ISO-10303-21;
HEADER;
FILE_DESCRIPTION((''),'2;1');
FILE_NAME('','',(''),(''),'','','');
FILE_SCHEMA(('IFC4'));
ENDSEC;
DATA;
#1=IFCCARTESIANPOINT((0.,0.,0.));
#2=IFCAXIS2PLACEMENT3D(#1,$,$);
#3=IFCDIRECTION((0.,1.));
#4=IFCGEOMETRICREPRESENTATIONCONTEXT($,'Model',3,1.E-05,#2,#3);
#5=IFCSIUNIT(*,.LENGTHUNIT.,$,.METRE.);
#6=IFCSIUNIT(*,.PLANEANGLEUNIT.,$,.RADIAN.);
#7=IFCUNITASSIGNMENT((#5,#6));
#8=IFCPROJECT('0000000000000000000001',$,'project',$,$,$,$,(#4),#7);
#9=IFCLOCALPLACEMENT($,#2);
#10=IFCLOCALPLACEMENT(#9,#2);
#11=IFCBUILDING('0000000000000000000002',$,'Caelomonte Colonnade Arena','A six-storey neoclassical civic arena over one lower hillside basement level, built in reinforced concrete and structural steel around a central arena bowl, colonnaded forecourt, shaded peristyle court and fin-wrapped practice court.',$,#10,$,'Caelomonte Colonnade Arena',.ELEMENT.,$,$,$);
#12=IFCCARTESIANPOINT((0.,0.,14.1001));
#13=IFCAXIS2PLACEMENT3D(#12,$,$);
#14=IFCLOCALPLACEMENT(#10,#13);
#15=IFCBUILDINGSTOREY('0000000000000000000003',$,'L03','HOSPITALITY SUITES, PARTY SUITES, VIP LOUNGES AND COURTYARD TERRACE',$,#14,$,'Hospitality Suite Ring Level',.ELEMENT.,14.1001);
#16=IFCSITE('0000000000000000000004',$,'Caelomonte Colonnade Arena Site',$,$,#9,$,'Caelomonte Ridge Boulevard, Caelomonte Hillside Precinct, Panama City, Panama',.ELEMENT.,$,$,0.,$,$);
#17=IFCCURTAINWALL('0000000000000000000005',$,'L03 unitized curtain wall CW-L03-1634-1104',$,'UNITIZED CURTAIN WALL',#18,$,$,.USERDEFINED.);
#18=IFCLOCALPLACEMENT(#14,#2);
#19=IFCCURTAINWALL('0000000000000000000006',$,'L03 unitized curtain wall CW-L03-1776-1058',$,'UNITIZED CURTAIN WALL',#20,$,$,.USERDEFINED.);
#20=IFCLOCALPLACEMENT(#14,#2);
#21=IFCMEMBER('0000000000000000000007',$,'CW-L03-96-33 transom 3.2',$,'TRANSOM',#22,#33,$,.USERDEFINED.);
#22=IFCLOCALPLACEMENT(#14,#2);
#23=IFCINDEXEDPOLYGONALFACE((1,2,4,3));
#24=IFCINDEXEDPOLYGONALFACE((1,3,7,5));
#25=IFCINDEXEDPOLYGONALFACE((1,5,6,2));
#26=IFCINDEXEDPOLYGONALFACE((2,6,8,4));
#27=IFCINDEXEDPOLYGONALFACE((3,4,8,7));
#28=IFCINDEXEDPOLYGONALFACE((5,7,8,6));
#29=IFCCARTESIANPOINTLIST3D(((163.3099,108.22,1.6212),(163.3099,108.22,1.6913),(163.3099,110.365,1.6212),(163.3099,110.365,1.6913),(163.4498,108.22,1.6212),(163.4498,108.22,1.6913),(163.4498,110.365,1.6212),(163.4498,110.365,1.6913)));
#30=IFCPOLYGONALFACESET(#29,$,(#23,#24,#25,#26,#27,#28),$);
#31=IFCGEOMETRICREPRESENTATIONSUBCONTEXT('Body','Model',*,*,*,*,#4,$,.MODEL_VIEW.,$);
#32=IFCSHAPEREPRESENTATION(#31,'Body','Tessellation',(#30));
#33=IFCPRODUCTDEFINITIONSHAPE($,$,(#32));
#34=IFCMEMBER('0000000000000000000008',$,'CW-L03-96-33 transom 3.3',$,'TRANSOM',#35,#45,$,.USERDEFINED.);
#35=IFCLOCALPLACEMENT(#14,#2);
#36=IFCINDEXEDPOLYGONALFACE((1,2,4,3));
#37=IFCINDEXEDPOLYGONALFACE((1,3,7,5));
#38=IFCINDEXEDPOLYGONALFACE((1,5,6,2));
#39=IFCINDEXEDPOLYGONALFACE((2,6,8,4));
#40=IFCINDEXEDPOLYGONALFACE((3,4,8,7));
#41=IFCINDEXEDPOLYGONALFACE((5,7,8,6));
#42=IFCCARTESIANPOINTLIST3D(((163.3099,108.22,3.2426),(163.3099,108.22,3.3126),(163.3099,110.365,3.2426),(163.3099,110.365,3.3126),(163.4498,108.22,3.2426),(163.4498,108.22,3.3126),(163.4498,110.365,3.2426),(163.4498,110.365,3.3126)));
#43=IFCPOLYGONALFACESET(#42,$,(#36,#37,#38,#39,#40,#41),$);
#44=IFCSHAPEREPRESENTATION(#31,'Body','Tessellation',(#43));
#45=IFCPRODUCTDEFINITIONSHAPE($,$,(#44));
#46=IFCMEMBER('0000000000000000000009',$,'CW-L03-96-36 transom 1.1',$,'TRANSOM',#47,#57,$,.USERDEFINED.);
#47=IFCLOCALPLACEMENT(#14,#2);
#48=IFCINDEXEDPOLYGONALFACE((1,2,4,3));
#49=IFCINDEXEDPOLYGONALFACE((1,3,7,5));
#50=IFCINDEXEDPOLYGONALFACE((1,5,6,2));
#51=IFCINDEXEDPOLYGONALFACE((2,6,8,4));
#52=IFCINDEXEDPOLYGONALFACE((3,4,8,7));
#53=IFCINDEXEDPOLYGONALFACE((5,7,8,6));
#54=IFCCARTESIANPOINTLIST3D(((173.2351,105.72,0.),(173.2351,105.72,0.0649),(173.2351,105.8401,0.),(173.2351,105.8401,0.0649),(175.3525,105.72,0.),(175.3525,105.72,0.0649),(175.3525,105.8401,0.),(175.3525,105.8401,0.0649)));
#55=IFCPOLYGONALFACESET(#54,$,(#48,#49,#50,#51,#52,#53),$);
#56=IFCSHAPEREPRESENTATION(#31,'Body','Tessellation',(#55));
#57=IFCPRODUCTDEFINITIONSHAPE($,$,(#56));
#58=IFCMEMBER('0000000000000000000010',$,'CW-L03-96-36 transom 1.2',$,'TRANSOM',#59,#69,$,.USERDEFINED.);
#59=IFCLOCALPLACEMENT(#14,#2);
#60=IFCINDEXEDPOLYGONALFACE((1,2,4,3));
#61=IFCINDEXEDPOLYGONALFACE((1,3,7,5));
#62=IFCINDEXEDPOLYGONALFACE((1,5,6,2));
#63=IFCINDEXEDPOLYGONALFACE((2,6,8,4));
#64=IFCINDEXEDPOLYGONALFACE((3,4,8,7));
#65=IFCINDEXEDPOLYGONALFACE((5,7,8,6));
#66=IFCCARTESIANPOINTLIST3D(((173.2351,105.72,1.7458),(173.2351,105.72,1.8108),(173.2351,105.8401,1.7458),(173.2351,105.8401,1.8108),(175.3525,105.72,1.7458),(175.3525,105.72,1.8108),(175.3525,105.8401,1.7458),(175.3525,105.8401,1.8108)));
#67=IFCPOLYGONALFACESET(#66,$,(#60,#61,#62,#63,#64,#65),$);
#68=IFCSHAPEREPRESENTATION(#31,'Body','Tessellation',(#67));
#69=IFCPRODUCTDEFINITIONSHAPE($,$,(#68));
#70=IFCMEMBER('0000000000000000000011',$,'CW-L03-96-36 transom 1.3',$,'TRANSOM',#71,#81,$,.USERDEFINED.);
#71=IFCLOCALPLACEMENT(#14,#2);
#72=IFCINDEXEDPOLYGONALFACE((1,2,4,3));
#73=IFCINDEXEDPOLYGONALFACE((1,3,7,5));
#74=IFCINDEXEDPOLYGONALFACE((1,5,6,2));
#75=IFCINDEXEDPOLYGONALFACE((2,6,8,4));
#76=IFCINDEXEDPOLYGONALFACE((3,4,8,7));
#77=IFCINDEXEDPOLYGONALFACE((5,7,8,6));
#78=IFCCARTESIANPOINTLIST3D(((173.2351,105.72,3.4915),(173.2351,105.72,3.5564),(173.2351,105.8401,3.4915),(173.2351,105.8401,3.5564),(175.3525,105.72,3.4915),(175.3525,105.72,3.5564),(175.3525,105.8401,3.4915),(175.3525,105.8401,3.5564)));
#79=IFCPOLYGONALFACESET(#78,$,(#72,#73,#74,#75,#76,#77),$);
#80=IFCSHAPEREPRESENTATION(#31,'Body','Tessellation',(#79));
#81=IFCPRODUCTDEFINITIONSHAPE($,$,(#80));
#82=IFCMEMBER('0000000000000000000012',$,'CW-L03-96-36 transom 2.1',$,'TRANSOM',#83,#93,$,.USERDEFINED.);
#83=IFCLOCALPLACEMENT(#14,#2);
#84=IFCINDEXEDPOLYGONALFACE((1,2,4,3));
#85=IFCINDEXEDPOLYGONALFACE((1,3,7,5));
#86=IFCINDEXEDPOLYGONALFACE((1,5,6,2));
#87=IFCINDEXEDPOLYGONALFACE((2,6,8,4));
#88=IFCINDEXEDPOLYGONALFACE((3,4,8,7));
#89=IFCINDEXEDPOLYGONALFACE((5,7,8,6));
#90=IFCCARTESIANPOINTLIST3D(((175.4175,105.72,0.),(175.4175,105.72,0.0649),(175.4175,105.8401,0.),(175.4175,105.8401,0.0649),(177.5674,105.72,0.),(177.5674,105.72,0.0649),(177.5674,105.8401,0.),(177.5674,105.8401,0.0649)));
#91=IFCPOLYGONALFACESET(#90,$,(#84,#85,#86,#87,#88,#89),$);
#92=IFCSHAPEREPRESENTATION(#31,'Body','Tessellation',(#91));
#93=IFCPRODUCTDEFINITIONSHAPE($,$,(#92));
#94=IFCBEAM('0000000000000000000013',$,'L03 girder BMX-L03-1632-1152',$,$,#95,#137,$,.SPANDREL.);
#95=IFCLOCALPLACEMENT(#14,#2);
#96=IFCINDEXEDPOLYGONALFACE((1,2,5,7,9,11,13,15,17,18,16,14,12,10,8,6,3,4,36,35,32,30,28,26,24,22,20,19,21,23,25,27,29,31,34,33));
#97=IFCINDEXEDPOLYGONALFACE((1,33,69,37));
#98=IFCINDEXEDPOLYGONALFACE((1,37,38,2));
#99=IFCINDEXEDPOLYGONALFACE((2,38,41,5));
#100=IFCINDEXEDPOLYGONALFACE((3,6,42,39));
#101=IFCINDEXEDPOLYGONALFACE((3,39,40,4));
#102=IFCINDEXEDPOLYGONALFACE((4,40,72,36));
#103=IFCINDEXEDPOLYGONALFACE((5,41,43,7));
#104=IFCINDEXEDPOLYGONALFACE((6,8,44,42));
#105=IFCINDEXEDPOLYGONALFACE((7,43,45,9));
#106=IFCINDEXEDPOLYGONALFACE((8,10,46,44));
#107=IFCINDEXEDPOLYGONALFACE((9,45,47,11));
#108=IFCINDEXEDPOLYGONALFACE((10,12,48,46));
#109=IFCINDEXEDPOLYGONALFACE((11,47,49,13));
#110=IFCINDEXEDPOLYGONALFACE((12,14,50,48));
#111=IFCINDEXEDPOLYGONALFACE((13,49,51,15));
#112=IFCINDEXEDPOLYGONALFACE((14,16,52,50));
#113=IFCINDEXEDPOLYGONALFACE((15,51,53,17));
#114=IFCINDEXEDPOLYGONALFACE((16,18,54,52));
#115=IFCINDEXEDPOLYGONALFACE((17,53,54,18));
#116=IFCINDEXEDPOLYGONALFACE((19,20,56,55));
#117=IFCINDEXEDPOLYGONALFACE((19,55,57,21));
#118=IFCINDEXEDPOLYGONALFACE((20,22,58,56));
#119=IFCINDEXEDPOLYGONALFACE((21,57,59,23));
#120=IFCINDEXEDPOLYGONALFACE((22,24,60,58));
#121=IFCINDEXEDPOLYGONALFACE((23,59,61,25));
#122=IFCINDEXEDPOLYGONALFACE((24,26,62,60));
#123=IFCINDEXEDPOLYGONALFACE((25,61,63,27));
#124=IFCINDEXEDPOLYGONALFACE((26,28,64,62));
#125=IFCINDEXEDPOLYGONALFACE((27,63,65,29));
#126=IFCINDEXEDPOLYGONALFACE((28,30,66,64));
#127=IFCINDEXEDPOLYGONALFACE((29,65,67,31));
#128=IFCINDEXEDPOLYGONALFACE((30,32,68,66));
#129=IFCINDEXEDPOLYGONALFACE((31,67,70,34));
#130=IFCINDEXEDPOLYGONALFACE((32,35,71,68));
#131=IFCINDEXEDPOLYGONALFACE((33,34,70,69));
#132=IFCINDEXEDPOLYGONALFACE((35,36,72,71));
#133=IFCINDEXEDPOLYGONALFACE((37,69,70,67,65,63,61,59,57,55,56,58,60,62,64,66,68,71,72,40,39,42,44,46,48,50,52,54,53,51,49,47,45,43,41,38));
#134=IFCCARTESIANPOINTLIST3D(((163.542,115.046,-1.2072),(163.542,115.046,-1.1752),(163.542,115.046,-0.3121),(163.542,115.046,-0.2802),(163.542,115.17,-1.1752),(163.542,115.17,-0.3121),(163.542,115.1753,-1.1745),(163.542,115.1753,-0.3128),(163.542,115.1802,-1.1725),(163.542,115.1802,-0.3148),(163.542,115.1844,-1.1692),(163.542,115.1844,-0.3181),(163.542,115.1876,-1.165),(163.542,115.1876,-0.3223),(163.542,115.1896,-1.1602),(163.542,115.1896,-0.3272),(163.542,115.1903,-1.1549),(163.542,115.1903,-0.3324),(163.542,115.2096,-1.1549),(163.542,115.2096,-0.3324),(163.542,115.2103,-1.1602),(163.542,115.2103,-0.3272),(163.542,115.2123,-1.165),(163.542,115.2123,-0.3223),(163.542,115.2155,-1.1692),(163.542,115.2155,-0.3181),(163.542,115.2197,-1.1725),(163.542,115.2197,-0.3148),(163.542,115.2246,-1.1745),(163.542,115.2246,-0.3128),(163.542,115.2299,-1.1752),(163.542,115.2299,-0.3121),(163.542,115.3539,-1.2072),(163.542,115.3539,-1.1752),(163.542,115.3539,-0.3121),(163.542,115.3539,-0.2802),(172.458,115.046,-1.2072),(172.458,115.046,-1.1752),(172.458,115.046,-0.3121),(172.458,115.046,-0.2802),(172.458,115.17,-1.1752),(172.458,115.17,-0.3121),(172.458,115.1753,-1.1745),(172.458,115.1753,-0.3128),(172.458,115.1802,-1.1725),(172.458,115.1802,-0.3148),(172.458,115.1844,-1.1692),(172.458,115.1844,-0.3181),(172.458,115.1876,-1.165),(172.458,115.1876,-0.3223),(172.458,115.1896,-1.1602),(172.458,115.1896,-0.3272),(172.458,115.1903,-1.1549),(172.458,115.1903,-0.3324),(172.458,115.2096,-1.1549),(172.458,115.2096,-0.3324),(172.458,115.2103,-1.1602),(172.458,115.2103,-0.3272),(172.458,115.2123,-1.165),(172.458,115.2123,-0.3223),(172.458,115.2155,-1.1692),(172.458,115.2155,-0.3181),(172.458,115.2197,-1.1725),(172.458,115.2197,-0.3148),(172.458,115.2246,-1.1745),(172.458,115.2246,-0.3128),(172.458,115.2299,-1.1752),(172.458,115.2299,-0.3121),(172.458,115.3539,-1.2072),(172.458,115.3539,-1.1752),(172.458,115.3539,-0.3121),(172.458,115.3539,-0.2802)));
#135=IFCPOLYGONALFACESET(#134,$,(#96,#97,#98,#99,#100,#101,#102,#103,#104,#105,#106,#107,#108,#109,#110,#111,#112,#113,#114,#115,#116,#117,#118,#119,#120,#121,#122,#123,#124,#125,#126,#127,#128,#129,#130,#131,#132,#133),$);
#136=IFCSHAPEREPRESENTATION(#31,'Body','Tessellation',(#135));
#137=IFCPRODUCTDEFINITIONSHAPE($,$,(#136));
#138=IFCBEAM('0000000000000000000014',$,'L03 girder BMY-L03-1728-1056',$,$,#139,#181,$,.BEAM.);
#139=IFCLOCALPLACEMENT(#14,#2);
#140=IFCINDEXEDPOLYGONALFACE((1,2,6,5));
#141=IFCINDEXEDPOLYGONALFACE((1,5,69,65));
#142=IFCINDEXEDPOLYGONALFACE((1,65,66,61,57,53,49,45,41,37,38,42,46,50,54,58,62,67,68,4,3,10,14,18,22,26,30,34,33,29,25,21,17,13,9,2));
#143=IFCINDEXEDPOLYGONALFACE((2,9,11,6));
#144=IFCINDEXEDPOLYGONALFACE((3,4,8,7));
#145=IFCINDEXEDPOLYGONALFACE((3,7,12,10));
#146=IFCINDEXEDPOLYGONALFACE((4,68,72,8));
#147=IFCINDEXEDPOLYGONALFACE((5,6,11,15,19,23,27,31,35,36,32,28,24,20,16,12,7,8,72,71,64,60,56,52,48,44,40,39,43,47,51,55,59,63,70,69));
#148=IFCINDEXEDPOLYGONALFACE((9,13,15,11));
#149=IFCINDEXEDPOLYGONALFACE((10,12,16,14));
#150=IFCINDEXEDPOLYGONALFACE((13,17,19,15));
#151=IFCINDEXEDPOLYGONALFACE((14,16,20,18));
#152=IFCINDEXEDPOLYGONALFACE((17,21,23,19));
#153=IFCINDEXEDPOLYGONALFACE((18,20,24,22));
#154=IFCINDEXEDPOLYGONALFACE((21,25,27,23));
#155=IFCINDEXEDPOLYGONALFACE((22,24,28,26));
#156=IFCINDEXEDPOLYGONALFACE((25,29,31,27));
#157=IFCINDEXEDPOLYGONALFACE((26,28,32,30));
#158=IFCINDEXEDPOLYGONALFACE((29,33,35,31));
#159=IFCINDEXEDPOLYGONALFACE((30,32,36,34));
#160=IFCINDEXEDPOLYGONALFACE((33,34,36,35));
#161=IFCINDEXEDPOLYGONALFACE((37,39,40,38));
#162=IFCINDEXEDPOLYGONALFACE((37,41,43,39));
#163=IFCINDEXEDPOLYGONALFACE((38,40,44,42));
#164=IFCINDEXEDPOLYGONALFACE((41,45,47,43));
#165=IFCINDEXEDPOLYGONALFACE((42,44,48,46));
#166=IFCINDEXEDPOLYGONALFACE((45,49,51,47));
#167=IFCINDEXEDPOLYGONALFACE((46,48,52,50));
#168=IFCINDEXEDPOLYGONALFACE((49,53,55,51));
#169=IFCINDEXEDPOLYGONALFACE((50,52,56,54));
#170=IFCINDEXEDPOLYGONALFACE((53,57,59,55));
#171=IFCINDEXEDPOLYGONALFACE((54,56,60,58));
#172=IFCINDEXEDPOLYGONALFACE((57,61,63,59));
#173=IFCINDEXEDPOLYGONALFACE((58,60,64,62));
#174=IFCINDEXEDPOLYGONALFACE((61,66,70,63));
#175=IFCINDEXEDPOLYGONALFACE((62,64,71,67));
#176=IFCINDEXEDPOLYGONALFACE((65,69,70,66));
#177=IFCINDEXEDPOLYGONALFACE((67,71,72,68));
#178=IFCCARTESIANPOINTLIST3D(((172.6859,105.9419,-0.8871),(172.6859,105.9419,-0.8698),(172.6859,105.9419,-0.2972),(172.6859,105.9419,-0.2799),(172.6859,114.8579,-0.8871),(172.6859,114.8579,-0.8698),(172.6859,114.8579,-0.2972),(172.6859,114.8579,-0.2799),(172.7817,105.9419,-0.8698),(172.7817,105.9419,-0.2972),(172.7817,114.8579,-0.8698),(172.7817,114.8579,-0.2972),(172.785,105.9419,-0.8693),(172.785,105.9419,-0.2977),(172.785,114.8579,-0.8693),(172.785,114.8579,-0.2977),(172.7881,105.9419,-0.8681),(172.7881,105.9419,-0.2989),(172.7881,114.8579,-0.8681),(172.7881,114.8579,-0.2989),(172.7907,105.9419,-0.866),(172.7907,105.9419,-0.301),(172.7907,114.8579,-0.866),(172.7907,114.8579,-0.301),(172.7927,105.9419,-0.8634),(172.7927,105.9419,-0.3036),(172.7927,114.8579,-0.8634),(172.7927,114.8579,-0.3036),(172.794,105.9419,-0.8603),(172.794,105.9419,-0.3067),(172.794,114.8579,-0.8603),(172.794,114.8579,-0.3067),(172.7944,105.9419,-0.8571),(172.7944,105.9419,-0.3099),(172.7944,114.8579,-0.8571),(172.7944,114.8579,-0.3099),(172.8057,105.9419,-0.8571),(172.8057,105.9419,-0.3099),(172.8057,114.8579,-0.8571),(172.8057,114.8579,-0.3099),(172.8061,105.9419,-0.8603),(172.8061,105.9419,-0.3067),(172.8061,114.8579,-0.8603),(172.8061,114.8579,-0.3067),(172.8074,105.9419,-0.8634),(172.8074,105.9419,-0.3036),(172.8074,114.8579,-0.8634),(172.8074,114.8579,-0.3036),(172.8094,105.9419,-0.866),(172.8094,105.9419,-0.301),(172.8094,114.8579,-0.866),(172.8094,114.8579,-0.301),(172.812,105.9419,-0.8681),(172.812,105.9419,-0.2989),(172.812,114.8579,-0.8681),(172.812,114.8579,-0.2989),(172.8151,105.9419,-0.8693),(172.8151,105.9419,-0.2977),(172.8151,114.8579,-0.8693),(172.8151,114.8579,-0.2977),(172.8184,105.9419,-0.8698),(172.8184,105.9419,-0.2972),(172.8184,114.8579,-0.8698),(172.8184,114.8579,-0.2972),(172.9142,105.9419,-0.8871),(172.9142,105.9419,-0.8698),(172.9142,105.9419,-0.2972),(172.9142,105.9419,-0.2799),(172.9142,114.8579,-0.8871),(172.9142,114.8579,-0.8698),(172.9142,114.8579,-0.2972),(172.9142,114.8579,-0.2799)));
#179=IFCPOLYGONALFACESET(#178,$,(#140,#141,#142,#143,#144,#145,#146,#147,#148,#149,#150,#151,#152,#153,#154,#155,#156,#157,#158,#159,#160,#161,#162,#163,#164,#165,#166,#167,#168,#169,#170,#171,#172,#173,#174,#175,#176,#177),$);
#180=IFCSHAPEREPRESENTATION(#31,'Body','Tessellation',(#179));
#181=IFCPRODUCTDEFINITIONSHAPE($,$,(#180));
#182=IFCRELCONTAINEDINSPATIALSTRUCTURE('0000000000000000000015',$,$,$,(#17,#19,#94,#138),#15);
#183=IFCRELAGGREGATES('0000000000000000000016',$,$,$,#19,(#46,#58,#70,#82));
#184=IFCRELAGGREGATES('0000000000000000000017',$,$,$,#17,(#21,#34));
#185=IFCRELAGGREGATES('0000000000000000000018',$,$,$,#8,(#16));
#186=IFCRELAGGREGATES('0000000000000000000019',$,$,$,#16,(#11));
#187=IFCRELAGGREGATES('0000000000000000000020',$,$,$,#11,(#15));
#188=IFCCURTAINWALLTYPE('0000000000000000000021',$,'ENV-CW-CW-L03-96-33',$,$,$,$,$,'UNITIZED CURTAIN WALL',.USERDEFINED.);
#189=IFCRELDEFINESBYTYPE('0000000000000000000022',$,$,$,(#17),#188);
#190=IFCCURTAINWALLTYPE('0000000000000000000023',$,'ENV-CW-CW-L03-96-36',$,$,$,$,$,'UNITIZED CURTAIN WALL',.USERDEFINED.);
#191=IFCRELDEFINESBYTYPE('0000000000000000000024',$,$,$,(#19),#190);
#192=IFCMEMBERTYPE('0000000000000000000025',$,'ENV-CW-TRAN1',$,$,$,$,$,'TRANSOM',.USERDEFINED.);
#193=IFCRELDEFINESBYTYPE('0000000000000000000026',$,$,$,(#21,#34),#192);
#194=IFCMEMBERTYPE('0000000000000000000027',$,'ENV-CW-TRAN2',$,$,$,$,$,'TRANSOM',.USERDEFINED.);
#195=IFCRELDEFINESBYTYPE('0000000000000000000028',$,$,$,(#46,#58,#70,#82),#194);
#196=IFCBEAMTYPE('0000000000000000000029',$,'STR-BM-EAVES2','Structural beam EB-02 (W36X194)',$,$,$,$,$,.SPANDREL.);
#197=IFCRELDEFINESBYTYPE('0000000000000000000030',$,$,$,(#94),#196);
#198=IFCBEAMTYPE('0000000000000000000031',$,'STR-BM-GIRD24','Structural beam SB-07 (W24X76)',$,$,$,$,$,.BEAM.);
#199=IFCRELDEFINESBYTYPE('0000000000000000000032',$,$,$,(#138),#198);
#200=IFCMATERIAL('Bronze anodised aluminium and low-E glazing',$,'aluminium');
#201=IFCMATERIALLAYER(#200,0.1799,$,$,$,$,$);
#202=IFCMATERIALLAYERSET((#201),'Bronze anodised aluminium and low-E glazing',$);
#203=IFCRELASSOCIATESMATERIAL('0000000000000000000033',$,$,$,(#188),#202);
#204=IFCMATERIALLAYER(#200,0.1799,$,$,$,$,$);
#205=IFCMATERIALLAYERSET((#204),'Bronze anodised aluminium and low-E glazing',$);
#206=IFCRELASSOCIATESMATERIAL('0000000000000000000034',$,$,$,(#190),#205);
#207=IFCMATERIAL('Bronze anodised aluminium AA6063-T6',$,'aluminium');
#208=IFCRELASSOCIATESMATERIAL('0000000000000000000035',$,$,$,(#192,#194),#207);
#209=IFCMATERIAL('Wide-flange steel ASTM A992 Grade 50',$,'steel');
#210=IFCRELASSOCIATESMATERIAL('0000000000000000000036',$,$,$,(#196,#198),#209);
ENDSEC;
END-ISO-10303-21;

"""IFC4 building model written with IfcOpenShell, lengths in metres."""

from ifc_helpers import new_model, si_unit, direction, frame, origin, origin_2d, place, context, subcontext, project, spatial, rectangle, i_section, extrude, material, layer, layer_set, material_profile, profile_set, type_object, element, aggregate, save


model = new_model("IFC4")

# Units and contexts
model_context = context("Model", 3, precision=1e-05, world=origin(), true_north=direction((0.0, 1.0)))
body_context = subcontext(model_context, "Body", "Model", "MODEL_VIEW")
ifc_project = project(units=[si_unit("LENGTHUNIT", "METRE"), si_unit("PLANEANGLEUNIT", "RADIAN")], contexts=[model_context])

# Site, building, storey
site_placement = place(None, origin())
site = spatial("IfcSite", under=ifc_project, at=site_placement, Name="Caelomonte Colonnade Arena Site", LongName="Caelomonte Ridge Boulevard, Caelomonte Hillside Precinct, Panama City, Panama", CompositionType="ELEMENT", RefElevation=0.0)
building_placement = place(site_placement, origin())
building = spatial("IfcBuilding", under=site, at=building_placement, Name="Caelomonte Colonnade Arena", Description="A six-storey neoclassical civic arena over one lower hillside basement level, built in reinforced concrete and structural steel around a central arena bowl, colonnaded forecourt, shaded peristyle court and fin-wrapped practice court.", LongName="Caelomonte Colonnade Arena", CompositionType="ELEMENT")
storey_placement = place(building_placement, frame((0.0, 0.0, 14.1001)))
storey = spatial("IfcBuildingStorey", under=building, at=storey_placement, Name="L03", Description="HOSPITALITY SUITES, PARTY SUITES, VIP LOUNGES AND COURTYARD TERRACE", LongName="Hospitality Suite Ring Level", CompositionType="ELEMENT", Elevation=14.1001)

# Curtain walls
ifc_material_1 = material(Name="Bronze anodised aluminium and low-E glazing", Category="aluminium")
ifc_layer_1 = layer(ifc_material_1, 0.1799)
ifc_layer_set_1 = layer_set([ifc_layer_1], Name="Bronze anodised aluminium and low-E glazing")
curtain_wall_type_1 = type_object("IfcCurtainWallType", Name="ENV-CW-CW-L03-96-33", ElementType="UNITIZED CURTAIN WALL", PredefinedType="USERDEFINED", material=ifc_layer_set_1)
curtain_wall_1_placement = place(storey_placement, origin())
curtain_wall_1 = element("IfcCurtainWall", 1, at=curtain_wall_1_placement, inside=storey, type_object=curtain_wall_type_1, Name="L03 unitized curtain wall CW-L03-1634-1104", ObjectType="UNITIZED CURTAIN WALL", PredefinedType="USERDEFINED")
ifc_material_2 = material(Name="Bronze anodised aluminium AA6063-T6", Category="aluminium")
ifc_layer_2 = layer(ifc_material_1, 0.1799)
ifc_layer_set_2 = layer_set([ifc_layer_2], Name="Bronze anodised aluminium and low-E glazing")
curtain_wall_type_2 = type_object("IfcCurtainWallType", Name="ENV-CW-CW-L03-96-36", ElementType="UNITIZED CURTAIN WALL", PredefinedType="USERDEFINED", material=ifc_layer_set_2)
curtain_wall_2_placement = place(storey_placement, origin())
curtain_wall_2 = element("IfcCurtainWall", 2, at=curtain_wall_2_placement, inside=storey, type_object=curtain_wall_type_2, Name="L03 unitized curtain wall CW-L03-1776-1058", ObjectType="UNITIZED CURTAIN WALL", PredefinedType="USERDEFINED")

# Members
ifc_material_profile_1 = material_profile(ifc_material_2, rectangle(XDim=0.0701, YDim=0.1399, at=origin_2d()), Name="CWT-70X140")
ifc_profile_set_1 = profile_set([ifc_material_profile_1], Name="Bronze anodised aluminium AA6063-T6")
member_type_1 = type_object("IfcMemberType", Name="ENV-CW-TRAN1", ElementType="TRANSOM", PredefinedType="USERDEFINED", material=ifc_profile_set_1)
member_1_placement = place(storey_placement, frame((163.3799, 110.365, 1.6562), z_axis=(0.0, -1.0, 0.0), x_axis=(0.0, 0.0, 1.0)))
member_1 = element("IfcMember", 3, at=member_1_placement, type_object=member_type_1, Name="CW-L03-96-33 transom 3.2", ObjectType="TRANSOM", PredefinedType="USERDEFINED", context=body_context, shape_type="SweptSolid", body=[
    extrude(rectangle(XDim=0.0701, YDim=0.1399, at=origin_2d()), origin(), (0.0, 0.0, 1.0), 2.145),
])
member_2_placement = place(storey_placement, frame((163.3799, 110.365, 3.2776), z_axis=(0.0, -1.0, 0.0), x_axis=(0.0, 0.0, 1.0)))
member_2 = element("IfcMember", 4, at=member_2_placement, type_object=member_type_1, Name="CW-L03-96-33 transom 3.3", ObjectType="TRANSOM", PredefinedType="USERDEFINED", context=body_context, shape_type="SweptSolid", body=[
    extrude(rectangle(XDim=0.0701, YDim=0.1399, at=origin_2d()), origin(), (0.0, 0.0, 1.0), 2.145),
])
ifc_material_profile_2 = material_profile(ifc_material_2, rectangle(XDim=0.0649, YDim=0.1201, at=origin_2d()), Name="CWT-65X120")
ifc_profile_set_2 = profile_set([ifc_material_profile_2], Name="Bronze anodised aluminium AA6063-T6")
member_type_2 = type_object("IfcMemberType", Name="ENV-CW-TRAN2", ElementType="TRANSOM", PredefinedType="USERDEFINED", material=ifc_profile_set_2)
member_3_placement = place(storey_placement, frame((173.2351, 105.78, 0.0325), z_axis=(1.0, 0.0, 0.0), x_axis=(0.0, 0.0, 1.0)))
member_3 = element("IfcMember", 5, at=member_3_placement, type_object=member_type_2, Name="CW-L03-96-36 transom 1.1", ObjectType="TRANSOM", PredefinedType="USERDEFINED", context=body_context, shape_type="SweptSolid", body=[
    extrude(rectangle(XDim=0.0649, YDim=0.1201, at=origin_2d()), origin(), (0.0, 0.0, 1.0), 2.1174),
])
member_4_placement = place(storey_placement, frame((173.2351, 105.78, 1.7783), z_axis=(1.0, 0.0, 0.0), x_axis=(0.0, 0.0, 1.0)))
member_4 = element("IfcMember", 6, at=member_4_placement, type_object=member_type_2, Name="CW-L03-96-36 transom 1.2", ObjectType="TRANSOM", PredefinedType="USERDEFINED", context=body_context, shape_type="SweptSolid", body=[
    extrude(rectangle(XDim=0.0649, YDim=0.1201, at=origin_2d()), origin(), (0.0, 0.0, 1.0), 2.1174),
])
member_5_placement = place(storey_placement, frame((173.2351, 105.78, 3.5239), z_axis=(1.0, 0.0, 0.0), x_axis=(0.0, 0.0, 1.0)))
member_5 = element("IfcMember", 7, at=member_5_placement, type_object=member_type_2, Name="CW-L03-96-36 transom 1.3", ObjectType="TRANSOM", PredefinedType="USERDEFINED", context=body_context, shape_type="SweptSolid", body=[
    extrude(rectangle(XDim=0.0649, YDim=0.1201, at=origin_2d()), origin(), (0.0, 0.0, 1.0), 2.1174),
])
member_6_placement = place(storey_placement, frame((175.4175, 105.78, 0.0325), z_axis=(1.0, 0.0, 0.0), x_axis=(0.0, 0.0, 1.0)))
member_6 = element("IfcMember", 8, at=member_6_placement, type_object=member_type_2, Name="CW-L03-96-36 transom 2.1", ObjectType="TRANSOM", PredefinedType="USERDEFINED", context=body_context, shape_type="SweptSolid", body=[
    extrude(rectangle(XDim=0.0649, YDim=0.1201, at=origin_2d()), origin(), (0.0, 0.0, 1.0), 2.1499),
])

# Beams
ifc_material_3 = material(Name="Wide-flange steel ASTM A992 Grade 50", Category="steel")
ifc_material_profile_3 = material_profile(ifc_material_3, i_section(OverallWidth=0.3079, OverallDepth=0.927, WebThickness=0.0193, FlangeThickness=0.032, FilletRadius=0.0203, at=origin_2d()), Name="W36X194")
ifc_profile_set_3 = profile_set([ifc_material_profile_3], Name="Wide-flange steel ASTM A992 Grade 50")
beam_type_1 = type_object("IfcBeamType", Name="STR-BM-EAVES2", Description="Structural beam EB-02 (W36X194)", PredefinedType="SPANDREL", material=ifc_profile_set_3)
beam_1_placement = place(storey_placement, frame((163.542, 115.2, -0.7437), z_axis=(1.0, 0.0, 0.0), x_axis=(0.0, 1.0, 0.0)))
element("IfcBeam", 9, at=beam_1_placement, inside=storey, type_object=beam_type_1, Name="L03 girder BMX-L03-1632-1152", PredefinedType="SPANDREL", context=body_context, shape_type="SweptSolid", body=[
    extrude(i_section(OverallWidth=0.3079, OverallDepth=0.927, WebThickness=0.0193, FlangeThickness=0.032, FilletRadius=0.0203, at=origin_2d()), origin(), (0.0, 0.0, 1.0), 8.916),
])
ifc_material_profile_4 = material_profile(ifc_material_3, i_section(OverallWidth=0.2283, OverallDepth=0.6072, WebThickness=0.0112, FlangeThickness=0.0173, FilletRadius=0.0127, at=origin_2d()), Name="W24X76")
ifc_profile_set_4 = profile_set([ifc_material_profile_4], Name="Wide-flange steel ASTM A992 Grade 50")
beam_type_2 = type_object("IfcBeamType", Name="STR-BM-GIRD24", Description="Structural beam SB-07 (W24X76)", PredefinedType="BEAM", material=ifc_profile_set_4)
for number, where, z_axis, x_axis, name in (
    (10, (172.8, 105.9419, -0.5835), (0.0, 1.0, 0.0), (-1.0, 0.0, 0.0), "L03 girder BMY-L03-1728-1056"),
):
    element("IfcBeam", number, at=place(storey_placement, frame(where, z_axis=z_axis, x_axis=x_axis)), inside=storey, type_object=beam_type_2, Name=name, PredefinedType="BEAM", context=body_context, shape_type="SweptSolid", body=[
        extrude(i_section(OverallWidth=0.2283, OverallDepth=0.6072, WebThickness=0.0112, FlangeThickness=0.0173, FilletRadius=0.0127, at=origin_2d()), origin(), (0.0, 0.0, 1.0), 8.916),
    ])

aggregate(curtain_wall_2, [member_3, member_4, member_5, member_6])
aggregate(curtain_wall_1, [member_1, member_2])

save(model, "model.ifc")
